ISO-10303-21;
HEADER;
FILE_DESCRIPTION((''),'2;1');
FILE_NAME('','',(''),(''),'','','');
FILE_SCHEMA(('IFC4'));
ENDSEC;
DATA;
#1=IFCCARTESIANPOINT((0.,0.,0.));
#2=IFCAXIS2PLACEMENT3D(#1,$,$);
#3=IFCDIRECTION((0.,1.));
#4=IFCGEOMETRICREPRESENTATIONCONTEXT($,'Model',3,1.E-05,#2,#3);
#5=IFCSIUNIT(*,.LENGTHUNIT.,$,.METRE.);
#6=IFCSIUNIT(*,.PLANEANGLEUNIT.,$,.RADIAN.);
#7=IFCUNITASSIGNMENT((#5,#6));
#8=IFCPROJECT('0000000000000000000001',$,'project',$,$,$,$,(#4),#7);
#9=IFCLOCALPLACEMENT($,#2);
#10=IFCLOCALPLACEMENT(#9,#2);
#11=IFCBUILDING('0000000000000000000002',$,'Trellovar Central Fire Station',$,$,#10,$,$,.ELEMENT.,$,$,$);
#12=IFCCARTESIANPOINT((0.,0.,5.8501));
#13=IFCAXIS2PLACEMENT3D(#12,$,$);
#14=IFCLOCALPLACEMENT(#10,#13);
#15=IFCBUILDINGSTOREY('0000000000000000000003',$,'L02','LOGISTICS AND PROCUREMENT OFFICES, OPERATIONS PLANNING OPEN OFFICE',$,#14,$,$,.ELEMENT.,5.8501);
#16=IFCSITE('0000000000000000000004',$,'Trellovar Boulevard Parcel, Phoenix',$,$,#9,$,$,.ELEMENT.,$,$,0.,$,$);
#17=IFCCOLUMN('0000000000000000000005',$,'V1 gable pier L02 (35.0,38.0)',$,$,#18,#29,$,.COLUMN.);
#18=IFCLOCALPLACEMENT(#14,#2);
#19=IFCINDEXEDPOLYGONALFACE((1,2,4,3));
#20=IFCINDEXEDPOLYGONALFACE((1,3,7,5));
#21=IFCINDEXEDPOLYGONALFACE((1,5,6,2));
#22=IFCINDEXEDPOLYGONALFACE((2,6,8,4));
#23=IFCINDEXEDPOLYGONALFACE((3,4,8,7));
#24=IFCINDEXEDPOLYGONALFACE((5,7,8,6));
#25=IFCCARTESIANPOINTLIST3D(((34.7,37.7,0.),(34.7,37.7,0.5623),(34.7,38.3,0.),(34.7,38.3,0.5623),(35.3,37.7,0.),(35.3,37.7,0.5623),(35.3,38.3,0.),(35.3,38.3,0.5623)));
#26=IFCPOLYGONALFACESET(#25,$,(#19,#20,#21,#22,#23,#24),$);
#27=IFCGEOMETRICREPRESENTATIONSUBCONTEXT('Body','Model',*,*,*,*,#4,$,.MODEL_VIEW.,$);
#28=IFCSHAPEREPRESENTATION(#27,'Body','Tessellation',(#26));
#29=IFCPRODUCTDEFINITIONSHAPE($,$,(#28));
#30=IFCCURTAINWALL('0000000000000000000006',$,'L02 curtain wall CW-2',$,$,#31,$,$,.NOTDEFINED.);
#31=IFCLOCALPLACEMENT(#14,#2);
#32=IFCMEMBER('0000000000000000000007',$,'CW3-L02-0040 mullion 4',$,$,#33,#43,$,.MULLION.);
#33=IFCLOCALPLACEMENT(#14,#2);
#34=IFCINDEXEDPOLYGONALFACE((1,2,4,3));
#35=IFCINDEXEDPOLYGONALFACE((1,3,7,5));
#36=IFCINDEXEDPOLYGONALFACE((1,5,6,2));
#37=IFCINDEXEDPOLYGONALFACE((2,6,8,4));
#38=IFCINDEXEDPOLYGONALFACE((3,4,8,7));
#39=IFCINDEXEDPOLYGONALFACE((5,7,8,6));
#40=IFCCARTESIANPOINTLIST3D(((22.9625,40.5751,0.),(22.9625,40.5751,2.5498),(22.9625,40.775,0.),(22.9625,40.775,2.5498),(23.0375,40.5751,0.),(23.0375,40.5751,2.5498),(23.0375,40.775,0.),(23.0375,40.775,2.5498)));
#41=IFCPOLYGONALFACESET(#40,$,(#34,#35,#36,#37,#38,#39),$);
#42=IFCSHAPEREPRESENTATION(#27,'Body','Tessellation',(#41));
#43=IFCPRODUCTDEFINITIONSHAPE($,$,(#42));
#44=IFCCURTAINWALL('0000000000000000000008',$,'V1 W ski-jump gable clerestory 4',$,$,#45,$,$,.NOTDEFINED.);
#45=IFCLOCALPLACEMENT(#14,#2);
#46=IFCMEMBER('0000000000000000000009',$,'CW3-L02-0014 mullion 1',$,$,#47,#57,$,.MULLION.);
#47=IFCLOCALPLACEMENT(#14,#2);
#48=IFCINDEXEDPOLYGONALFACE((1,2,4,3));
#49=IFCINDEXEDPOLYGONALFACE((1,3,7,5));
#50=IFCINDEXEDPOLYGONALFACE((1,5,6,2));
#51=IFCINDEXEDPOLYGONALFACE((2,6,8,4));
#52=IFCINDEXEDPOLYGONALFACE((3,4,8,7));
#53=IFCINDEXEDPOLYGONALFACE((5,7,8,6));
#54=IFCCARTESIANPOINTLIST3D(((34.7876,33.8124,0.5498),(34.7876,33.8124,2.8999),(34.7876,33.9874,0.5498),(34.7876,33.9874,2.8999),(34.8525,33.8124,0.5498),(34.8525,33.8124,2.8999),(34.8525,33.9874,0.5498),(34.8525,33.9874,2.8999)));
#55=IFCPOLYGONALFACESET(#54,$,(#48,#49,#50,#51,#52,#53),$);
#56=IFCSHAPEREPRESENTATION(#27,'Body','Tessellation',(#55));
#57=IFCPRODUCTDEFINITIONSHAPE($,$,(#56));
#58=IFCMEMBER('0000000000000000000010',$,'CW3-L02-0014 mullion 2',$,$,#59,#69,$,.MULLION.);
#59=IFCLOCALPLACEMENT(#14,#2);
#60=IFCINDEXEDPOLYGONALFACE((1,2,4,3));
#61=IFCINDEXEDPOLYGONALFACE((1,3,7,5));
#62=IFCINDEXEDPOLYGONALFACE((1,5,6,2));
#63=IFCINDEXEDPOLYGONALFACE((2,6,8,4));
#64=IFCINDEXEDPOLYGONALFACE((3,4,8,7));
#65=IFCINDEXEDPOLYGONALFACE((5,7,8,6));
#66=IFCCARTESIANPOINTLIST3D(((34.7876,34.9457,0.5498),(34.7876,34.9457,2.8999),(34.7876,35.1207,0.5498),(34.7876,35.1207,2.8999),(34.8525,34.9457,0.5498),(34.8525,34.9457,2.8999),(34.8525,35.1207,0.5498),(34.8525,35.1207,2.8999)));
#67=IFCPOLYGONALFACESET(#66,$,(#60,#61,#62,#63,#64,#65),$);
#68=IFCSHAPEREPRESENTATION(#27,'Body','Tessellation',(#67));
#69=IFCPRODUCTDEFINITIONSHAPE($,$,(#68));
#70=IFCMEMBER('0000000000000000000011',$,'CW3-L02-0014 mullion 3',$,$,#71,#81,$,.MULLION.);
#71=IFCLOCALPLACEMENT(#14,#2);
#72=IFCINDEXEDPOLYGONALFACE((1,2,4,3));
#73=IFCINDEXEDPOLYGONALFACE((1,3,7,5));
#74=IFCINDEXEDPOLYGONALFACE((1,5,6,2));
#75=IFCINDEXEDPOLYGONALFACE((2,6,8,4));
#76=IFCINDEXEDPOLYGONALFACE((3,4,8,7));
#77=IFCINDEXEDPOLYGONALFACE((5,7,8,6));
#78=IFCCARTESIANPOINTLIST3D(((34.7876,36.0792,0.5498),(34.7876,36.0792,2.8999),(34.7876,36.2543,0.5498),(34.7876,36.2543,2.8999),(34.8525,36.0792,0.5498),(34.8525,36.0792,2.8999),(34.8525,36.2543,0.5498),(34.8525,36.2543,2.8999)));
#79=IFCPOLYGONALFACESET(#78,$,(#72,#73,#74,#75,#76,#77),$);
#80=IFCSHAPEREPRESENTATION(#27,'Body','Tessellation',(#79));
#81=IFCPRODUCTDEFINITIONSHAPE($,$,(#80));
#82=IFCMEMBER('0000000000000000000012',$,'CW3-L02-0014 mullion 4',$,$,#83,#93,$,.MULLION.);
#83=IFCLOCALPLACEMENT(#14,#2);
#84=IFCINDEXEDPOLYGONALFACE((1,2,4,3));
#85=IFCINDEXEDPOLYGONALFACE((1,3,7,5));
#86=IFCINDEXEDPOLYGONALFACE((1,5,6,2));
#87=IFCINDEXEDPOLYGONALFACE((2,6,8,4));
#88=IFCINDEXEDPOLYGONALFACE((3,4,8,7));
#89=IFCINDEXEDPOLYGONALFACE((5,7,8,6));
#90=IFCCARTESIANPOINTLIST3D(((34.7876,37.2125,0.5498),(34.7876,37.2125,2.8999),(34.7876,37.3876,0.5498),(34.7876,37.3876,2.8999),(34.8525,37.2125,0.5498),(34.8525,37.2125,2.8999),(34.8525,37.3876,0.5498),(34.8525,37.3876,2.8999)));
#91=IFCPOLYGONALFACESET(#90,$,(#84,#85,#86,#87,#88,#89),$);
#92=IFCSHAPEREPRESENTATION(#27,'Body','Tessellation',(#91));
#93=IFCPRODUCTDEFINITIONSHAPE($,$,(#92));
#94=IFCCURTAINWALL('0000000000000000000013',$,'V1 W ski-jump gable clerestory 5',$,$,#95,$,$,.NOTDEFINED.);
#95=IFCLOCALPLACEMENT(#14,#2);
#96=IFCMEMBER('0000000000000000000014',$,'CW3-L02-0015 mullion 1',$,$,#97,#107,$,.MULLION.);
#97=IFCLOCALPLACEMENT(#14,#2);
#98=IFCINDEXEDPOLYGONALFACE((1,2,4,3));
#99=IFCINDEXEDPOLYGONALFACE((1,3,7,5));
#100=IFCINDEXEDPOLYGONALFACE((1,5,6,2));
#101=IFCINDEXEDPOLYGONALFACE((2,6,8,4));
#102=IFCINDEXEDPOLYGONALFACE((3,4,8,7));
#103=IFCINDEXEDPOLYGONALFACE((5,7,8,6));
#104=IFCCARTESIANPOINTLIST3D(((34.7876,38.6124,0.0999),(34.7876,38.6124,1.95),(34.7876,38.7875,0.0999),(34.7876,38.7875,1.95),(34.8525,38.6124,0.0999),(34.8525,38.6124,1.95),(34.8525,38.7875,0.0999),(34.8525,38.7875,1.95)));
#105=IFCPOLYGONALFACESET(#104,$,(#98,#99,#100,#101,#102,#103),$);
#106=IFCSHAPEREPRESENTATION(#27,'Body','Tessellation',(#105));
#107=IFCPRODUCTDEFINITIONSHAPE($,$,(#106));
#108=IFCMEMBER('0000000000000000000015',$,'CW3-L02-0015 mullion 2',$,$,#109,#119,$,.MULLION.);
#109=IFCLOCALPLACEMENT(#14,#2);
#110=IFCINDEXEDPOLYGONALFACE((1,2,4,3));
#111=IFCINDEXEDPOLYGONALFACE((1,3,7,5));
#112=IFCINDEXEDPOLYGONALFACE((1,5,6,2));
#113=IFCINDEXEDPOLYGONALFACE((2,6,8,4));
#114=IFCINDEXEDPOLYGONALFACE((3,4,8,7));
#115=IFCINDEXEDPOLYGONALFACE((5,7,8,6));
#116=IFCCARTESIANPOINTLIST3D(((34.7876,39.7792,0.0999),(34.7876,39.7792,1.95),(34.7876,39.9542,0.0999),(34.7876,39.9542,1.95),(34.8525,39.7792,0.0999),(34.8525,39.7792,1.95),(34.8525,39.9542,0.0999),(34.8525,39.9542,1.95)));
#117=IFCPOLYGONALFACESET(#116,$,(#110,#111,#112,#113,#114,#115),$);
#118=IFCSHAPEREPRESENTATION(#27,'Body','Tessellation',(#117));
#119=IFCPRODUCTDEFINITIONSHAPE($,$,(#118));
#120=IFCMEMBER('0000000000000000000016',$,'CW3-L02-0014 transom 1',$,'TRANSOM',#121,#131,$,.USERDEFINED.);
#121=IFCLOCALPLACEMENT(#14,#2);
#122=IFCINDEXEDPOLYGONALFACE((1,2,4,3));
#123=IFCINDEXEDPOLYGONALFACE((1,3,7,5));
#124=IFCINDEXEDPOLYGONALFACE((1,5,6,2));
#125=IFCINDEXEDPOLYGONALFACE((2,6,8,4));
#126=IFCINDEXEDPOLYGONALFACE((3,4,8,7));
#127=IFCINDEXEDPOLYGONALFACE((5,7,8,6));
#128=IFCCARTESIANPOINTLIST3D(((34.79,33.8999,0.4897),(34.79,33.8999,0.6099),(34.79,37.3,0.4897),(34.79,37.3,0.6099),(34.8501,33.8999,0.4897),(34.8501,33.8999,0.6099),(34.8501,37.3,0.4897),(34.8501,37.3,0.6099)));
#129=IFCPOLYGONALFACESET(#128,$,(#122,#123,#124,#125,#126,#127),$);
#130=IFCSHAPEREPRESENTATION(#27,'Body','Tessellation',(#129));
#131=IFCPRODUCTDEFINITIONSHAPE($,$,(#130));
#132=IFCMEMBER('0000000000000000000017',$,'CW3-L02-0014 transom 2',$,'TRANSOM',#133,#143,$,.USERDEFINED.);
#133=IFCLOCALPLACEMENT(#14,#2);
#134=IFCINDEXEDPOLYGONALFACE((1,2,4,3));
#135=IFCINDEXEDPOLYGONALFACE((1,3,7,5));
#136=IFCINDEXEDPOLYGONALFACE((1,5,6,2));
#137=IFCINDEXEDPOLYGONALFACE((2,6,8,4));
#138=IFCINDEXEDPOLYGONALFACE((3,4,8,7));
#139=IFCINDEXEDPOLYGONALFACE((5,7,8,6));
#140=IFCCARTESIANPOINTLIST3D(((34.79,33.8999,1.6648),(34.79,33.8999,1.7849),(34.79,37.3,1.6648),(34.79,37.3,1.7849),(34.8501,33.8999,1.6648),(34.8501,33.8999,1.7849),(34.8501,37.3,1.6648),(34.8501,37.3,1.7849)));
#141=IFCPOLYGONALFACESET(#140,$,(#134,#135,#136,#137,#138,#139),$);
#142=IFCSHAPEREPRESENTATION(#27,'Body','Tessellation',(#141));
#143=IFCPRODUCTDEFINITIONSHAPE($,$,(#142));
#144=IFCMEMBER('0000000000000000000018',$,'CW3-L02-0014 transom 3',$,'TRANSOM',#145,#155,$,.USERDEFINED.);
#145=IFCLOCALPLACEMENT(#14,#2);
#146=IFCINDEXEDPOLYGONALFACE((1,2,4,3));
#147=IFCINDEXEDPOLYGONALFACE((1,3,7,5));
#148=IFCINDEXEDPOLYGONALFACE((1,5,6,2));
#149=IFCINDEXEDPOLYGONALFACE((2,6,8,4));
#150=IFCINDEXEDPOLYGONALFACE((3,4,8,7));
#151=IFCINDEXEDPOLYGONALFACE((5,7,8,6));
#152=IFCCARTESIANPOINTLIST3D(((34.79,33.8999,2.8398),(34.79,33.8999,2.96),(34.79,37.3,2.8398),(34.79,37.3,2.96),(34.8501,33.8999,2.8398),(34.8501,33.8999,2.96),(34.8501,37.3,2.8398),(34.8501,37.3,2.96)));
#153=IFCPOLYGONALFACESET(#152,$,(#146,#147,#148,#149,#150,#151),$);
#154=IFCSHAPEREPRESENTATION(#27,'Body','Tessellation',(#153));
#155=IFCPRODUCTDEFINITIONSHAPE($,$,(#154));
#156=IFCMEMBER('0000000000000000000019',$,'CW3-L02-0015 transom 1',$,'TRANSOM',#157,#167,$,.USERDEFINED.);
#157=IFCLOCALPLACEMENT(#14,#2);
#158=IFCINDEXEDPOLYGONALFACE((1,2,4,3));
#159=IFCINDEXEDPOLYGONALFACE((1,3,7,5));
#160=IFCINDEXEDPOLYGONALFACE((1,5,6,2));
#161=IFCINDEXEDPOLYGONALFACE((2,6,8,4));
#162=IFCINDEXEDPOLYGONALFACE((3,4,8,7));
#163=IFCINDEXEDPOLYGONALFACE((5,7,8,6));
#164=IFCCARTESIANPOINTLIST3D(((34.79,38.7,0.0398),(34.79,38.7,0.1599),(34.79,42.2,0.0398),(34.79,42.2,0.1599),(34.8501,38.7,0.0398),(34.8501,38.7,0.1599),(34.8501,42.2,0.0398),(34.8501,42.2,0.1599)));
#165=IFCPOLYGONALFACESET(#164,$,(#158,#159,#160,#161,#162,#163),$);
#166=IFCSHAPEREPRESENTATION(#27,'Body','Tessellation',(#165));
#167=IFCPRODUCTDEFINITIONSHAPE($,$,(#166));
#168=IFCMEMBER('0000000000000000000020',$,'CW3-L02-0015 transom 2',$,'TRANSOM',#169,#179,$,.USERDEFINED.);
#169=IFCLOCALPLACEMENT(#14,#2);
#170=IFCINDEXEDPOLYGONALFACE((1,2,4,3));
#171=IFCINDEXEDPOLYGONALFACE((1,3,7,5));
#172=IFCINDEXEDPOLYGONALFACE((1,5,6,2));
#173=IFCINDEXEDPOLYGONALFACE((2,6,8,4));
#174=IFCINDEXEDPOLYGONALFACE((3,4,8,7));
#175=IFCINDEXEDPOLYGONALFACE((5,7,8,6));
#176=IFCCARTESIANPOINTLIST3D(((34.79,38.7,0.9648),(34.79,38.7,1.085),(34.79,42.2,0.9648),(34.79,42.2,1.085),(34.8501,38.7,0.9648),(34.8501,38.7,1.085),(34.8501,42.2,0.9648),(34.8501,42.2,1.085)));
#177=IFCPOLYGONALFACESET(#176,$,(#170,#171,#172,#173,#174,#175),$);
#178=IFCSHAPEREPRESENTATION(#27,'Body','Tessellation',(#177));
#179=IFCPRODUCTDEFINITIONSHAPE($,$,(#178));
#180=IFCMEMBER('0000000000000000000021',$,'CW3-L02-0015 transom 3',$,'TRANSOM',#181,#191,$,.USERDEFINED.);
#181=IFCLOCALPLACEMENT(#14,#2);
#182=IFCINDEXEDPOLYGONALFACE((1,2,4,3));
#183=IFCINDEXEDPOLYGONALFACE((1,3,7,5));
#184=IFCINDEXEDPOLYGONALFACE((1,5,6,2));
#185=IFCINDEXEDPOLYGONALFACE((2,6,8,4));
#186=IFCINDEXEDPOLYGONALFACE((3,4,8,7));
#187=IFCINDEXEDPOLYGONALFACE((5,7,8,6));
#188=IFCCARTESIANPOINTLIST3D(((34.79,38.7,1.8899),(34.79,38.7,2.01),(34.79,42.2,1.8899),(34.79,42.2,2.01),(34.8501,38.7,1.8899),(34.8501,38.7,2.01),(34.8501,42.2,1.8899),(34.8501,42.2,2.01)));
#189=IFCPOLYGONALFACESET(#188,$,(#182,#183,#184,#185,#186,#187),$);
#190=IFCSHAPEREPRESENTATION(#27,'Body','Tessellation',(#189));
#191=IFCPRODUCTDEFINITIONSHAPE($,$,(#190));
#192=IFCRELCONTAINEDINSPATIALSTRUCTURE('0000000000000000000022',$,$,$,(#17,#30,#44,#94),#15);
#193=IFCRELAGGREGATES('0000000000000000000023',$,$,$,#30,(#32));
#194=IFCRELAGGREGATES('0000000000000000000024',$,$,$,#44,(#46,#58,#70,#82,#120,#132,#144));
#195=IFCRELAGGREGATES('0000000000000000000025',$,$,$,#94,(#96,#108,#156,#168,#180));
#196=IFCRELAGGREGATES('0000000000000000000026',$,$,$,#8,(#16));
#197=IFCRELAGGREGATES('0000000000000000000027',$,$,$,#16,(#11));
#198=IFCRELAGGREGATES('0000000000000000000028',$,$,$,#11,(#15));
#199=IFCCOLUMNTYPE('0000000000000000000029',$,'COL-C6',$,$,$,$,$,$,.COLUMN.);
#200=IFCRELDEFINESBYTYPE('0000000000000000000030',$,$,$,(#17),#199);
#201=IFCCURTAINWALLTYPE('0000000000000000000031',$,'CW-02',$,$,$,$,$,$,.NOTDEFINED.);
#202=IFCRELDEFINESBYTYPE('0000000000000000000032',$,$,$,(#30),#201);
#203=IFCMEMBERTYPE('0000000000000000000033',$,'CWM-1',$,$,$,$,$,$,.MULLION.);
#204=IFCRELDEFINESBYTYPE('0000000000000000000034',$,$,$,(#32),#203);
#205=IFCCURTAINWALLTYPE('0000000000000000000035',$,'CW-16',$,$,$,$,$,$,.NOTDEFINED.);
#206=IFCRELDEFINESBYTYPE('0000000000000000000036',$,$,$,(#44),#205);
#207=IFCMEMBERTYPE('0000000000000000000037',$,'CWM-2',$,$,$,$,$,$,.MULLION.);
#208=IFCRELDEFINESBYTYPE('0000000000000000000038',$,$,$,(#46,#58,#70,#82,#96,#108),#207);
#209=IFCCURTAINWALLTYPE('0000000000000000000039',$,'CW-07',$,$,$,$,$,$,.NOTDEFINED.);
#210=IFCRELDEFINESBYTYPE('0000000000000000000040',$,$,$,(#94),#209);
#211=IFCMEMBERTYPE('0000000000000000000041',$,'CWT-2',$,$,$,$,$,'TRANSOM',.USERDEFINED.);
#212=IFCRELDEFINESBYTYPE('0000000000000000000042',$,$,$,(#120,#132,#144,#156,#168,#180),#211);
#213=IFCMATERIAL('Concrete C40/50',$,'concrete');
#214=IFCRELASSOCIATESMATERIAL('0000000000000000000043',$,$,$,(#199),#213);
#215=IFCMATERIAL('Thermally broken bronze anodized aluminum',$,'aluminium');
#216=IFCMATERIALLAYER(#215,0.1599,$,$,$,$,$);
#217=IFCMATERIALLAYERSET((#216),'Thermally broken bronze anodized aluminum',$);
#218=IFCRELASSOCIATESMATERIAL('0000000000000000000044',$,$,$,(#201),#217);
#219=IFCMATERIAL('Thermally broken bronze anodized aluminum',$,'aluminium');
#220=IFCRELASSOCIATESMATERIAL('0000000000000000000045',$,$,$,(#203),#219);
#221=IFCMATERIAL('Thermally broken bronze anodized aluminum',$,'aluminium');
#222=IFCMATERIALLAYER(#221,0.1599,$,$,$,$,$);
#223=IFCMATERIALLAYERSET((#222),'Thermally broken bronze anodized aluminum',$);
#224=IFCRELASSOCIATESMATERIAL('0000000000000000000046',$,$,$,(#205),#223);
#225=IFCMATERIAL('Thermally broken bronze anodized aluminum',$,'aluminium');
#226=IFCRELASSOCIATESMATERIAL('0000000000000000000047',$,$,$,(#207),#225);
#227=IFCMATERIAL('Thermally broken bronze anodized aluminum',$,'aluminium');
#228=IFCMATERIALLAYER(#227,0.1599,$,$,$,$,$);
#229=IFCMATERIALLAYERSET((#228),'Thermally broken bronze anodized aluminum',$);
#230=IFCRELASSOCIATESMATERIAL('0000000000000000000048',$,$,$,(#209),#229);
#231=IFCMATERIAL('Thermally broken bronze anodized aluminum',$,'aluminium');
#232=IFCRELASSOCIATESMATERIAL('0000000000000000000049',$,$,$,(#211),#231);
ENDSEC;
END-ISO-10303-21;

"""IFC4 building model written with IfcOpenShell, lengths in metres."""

from ifc_helpers import new_model, si_unit, direction, frame, origin, origin_2d, place, context, subcontext, project, spatial, rectangle, extrude, material, layer, layer_set, material_profile, profile_set, type_object, element, aggregate, save


model = new_model("IFC4")

# Units and contexts
model_context = context("Model", 3, precision=1e-05, world=origin(), true_north=direction((0.0, 1.0)))
body_context = subcontext(model_context, "Body", "Model", "MODEL_VIEW")
ifc_project = project(units=[si_unit("LENGTHUNIT", "METRE"), si_unit("PLANEANGLEUNIT", "RADIAN")], contexts=[model_context])

# Site, building, storey
site_placement = place(None, origin())
site = spatial("IfcSite", under=ifc_project, at=site_placement, Name="Trellovar Boulevard Parcel, Phoenix", CompositionType="ELEMENT", RefElevation=0.0)
building_placement = place(site_placement, origin())
building = spatial("IfcBuilding", under=site, at=building_placement, Name="Trellovar Central Fire Station", CompositionType="ELEMENT")
storey_placement = place(building_placement, frame((0.0, 0.0, 5.8501)))
storey = spatial("IfcBuildingStorey", under=building, at=storey_placement, Name="L02", Description="LOGISTICS AND PROCUREMENT OFFICES, OPERATIONS PLANNING OPEN OFFICE", CompositionType="ELEMENT", Elevation=5.8501)

# Column
ifc_material_1 = material(Name="Concrete C40/50", Category="concrete")
ifc_material_profile_1 = material_profile(ifc_material_1, rectangle(XDim=0.6001, YDim=0.6001, at=origin_2d()), Name="RC600X600")
ifc_profile_set_1 = profile_set([ifc_material_profile_1], Name="Concrete C40/50")
column_type = type_object("IfcColumnType", Name="COL-C6", PredefinedType="COLUMN", material=ifc_profile_set_1)
column_placement = place(storey_placement, frame((35.0, 38.0, 0.0), z_axis=(0.0, 0.0, 1.0), x_axis=(1.0, 0.0, 0.0)))
element("IfcColumn", 1, at=column_placement, inside=storey, type_object=column_type, Name="V1 gable pier L02 (35.0,38.0)", PredefinedType="COLUMN", context=body_context, shape_type="SweptSolid", body=[
    extrude(rectangle(XDim=0.6001, YDim=0.6001, at=origin_2d()), origin(), (0.0, 0.0, 1.0), 0.5623),
])

# Curtain wall, member
ifc_material_2 = material(Name="Thermally broken bronze anodized aluminum", Category="aluminium")
ifc_layer_1 = layer(ifc_material_2, 0.1599)
ifc_layer_set_1 = layer_set([ifc_layer_1], Name="Thermally broken bronze anodized aluminum")
curtain_wall_type_1 = type_object("IfcCurtainWallType", Name="CW-02", PredefinedType="NOTDEFINED", material=ifc_layer_set_1)
curtain_wall_1_placement = place(storey_placement, origin())
curtain_wall_1 = element("IfcCurtainWall", 2, at=curtain_wall_1_placement, inside=storey, type_object=curtain_wall_type_1, Name="L02 curtain wall CW-2", PredefinedType="NOTDEFINED")
ifc_material_3 = material(Name="Thermally broken bronze anodized aluminum", Category="aluminium")
ifc_material_profile_2 = material_profile(ifc_material_3, rectangle(XDim=0.075, YDim=0.2, at=origin_2d()), Name="ALU75X200")
ifc_profile_set_2 = profile_set([ifc_material_profile_2], Name="Thermally broken bronze anodized aluminum")
member_type_1 = type_object("IfcMemberType", Name="CWM-1", PredefinedType="MULLION", material=ifc_profile_set_2)
member_1_placement = place(storey_placement, frame((23.0, 40.675, 0.0), z_axis=(0.0, 0.0, 1.0), x_axis=(1.0, 0.0, 0.0)))
member_1 = element("IfcMember", 3, at=member_1_placement, type_object=member_type_1, Name="CW3-L02-0040 mullion 4", PredefinedType="MULLION", context=body_context, shape_type="SweptSolid", body=[
    extrude(rectangle(XDim=0.075, YDim=0.2, at=origin_2d()), origin(), (0.0, 0.0, 1.0), 2.5498),
])
aggregate(curtain_wall_1, [member_1])

# Curtain walls, members
ifc_material_4 = material(Name="Thermally broken bronze anodized aluminum", Category="aluminium")
ifc_layer_2 = layer(ifc_material_4, 0.1599)
ifc_layer_set_2 = layer_set([ifc_layer_2], Name="Thermally broken bronze anodized aluminum")
curtain_wall_type_2 = type_object("IfcCurtainWallType", Name="CW-16", PredefinedType="NOTDEFINED", material=ifc_layer_set_2)
curtain_wall_2_placement = place(storey_placement, origin())
curtain_wall_2 = element("IfcCurtainWall", 4, at=curtain_wall_2_placement, inside=storey, type_object=curtain_wall_type_2, Name="V1 W ski-jump gable clerestory 4", PredefinedType="NOTDEFINED")
ifc_material_5 = material(Name="Thermally broken bronze anodized aluminum", Category="aluminium")
ifc_material_profile_3 = material_profile(ifc_material_5, rectangle(XDim=0.0649, YDim=0.175, at=origin_2d()), Name="ALU65X175")
ifc_profile_set_3 = profile_set([ifc_material_profile_3], Name="Thermally broken bronze anodized aluminum")
member_type_2 = type_object("IfcMemberType", Name="CWM-2", PredefinedType="MULLION", material=ifc_profile_set_3)
member_2_placement = place(storey_placement, frame((34.8201, 33.8999, 0.5498), z_axis=(0.0, 0.0, 1.0), x_axis=(1.0, 0.0, 0.0)))
member_2 = element("IfcMember", 5, at=member_2_placement, type_object=member_type_2, Name="CW3-L02-0014 mullion 1", PredefinedType="MULLION", context=body_context, shape_type="SweptSolid", body=[
    extrude(rectangle(XDim=0.0649, YDim=0.175, at=origin_2d()), origin(), (0.0, 0.0, 1.0), 2.3501),
])
member_3_placement = place(storey_placement, frame((34.8201, 35.0332, 0.5498), z_axis=(0.0, 0.0, 1.0), x_axis=(1.0, 0.0, 0.0)))
member_3 = element("IfcMember", 6, at=member_3_placement, type_object=member_type_2, Name="CW3-L02-0014 mullion 2", PredefinedType="MULLION", context=body_context, shape_type="SweptSolid", body=[
    extrude(rectangle(XDim=0.0649, YDim=0.175, at=origin_2d()), origin(), (0.0, 0.0, 1.0), 2.3501),
])
member_4_placement = place(storey_placement, frame((34.8201, 36.1667, 0.5498), z_axis=(0.0, 0.0, 1.0), x_axis=(1.0, 0.0, 0.0)))
member_4 = element("IfcMember", 7, at=member_4_placement, type_object=member_type_2, Name="CW3-L02-0014 mullion 3", PredefinedType="MULLION", context=body_context, shape_type="SweptSolid", body=[
    extrude(rectangle(XDim=0.0649, YDim=0.175, at=origin_2d()), origin(), (0.0, 0.0, 1.0), 2.3501),
])
member_5_placement = place(storey_placement, frame((34.8201, 37.3, 0.5498), z_axis=(0.0, 0.0, 1.0), x_axis=(1.0, 0.0, 0.0)))
member_5 = element("IfcMember", 8, at=member_5_placement, type_object=member_type_2, Name="CW3-L02-0014 mullion 4", PredefinedType="MULLION", context=body_context, shape_type="SweptSolid", body=[
    extrude(rectangle(XDim=0.0649, YDim=0.175, at=origin_2d()), origin(), (0.0, 0.0, 1.0), 2.3501),
])
ifc_material_6 = material(Name="Thermally broken bronze anodized aluminum", Category="aluminium")
ifc_layer_3 = layer(ifc_material_6, 0.1599)
ifc_layer_set_3 = layer_set([ifc_layer_3], Name="Thermally broken bronze anodized aluminum")
curtain_wall_type_3 = type_object("IfcCurtainWallType", Name="CW-07", PredefinedType="NOTDEFINED", material=ifc_layer_set_3)
curtain_wall_3_placement = place(storey_placement, origin())
curtain_wall_3 = element("IfcCurtainWall", 9, at=curtain_wall_3_placement, inside=storey, type_object=curtain_wall_type_3, Name="V1 W ski-jump gable clerestory 5", PredefinedType="NOTDEFINED")
member_6_placement = place(storey_placement, frame((34.8201, 38.7, 0.0999), z_axis=(0.0, 0.0, 1.0), x_axis=(1.0, 0.0, 0.0)))
member_6 = element("IfcMember", 10, at=member_6_placement, type_object=member_type_2, Name="CW3-L02-0015 mullion 1", PredefinedType="MULLION", context=body_context, shape_type="SweptSolid", body=[
    extrude(rectangle(XDim=0.0649, YDim=0.175, at=origin_2d()), origin(), (0.0, 0.0, 1.0), 1.8501),
])
member_7_placement = place(storey_placement, frame((34.8201, 39.8667, 0.0999), z_axis=(0.0, 0.0, 1.0), x_axis=(1.0, 0.0, 0.0)))
member_7 = element("IfcMember", 11, at=member_7_placement, type_object=member_type_2, Name="CW3-L02-0015 mullion 2", PredefinedType="MULLION", context=body_context, shape_type="SweptSolid", body=[
    extrude(rectangle(XDim=0.0649, YDim=0.175, at=origin_2d()), origin(), (0.0, 0.0, 1.0), 1.8501),
])

# Members
ifc_material_7 = material(Name="Thermally broken bronze anodized aluminum", Category="aluminium")
ifc_material_profile_4 = material_profile(ifc_material_7, rectangle(XDim=0.0601, YDim=0.1201, at=origin_2d()), Name="ALU60X120")
ifc_profile_set_4 = profile_set([ifc_material_profile_4], Name="Thermally broken bronze anodized aluminum")
member_type_3 = type_object("IfcMemberType", Name="CWT-2", ElementType="TRANSOM", PredefinedType="USERDEFINED", material=ifc_profile_set_4)
member_8_placement = place(storey_placement, frame((34.8201, 33.8999, 0.5498), z_axis=(0.0, 1.0, 0.0), x_axis=(-1.0, 0.0, 0.0)))
member_8 = element("IfcMember", 12, at=member_8_placement, type_object=member_type_3, Name="CW3-L02-0014 transom 1", ObjectType="TRANSOM", PredefinedType="USERDEFINED", context=body_context, shape_type="SweptSolid", body=[
    extrude(rectangle(XDim=0.0601, YDim=0.1201, at=origin_2d()), origin(), (0.0, 0.0, 1.0), 3.4001),
])
member_9_placement = place(storey_placement, frame((34.8201, 33.8999, 1.7249), z_axis=(0.0, 1.0, 0.0), x_axis=(-1.0, 0.0, 0.0)))
member_9 = element("IfcMember", 13, at=member_9_placement, type_object=member_type_3, Name="CW3-L02-0014 transom 2", ObjectType="TRANSOM", PredefinedType="USERDEFINED", context=body_context, shape_type="SweptSolid", body=[
    extrude(rectangle(XDim=0.0601, YDim=0.1201, at=origin_2d()), origin(), (0.0, 0.0, 1.0), 3.4001),
])
member_10_placement = place(storey_placement, frame((34.8201, 33.8999, 2.8999), z_axis=(0.0, 1.0, 0.0), x_axis=(-1.0, 0.0, 0.0)))
member_10 = element("IfcMember", 14, at=member_10_placement, type_object=member_type_3, Name="CW3-L02-0014 transom 3", ObjectType="TRANSOM", PredefinedType="USERDEFINED", context=body_context, shape_type="SweptSolid", body=[
    extrude(rectangle(XDim=0.0601, YDim=0.1201, at=origin_2d()), origin(), (0.0, 0.0, 1.0), 3.4001),
])
member_11_placement = place(storey_placement, frame((34.8201, 38.7, 0.0999), z_axis=(0.0, 1.0, 0.0), x_axis=(-1.0, 0.0, 0.0)))
member_11 = element("IfcMember", 15, at=member_11_placement, type_object=member_type_3, Name="CW3-L02-0015 transom 1", ObjectType="TRANSOM", PredefinedType="USERDEFINED", context=body_context, shape_type="SweptSolid", body=[
    extrude(rectangle(XDim=0.0601, YDim=0.1201, at=origin_2d()), origin(), (0.0, 0.0, 1.0), 3.5),
])
member_12_placement = place(storey_placement, frame((34.8201, 38.7, 1.0249), z_axis=(0.0, 1.0, 0.0), x_axis=(-1.0, 0.0, 0.0)))
member_12 = element("IfcMember", 16, at=member_12_placement, type_object=member_type_3, Name="CW3-L02-0015 transom 2", ObjectType="TRANSOM", PredefinedType="USERDEFINED", context=body_context, shape_type="SweptSolid", body=[
    extrude(rectangle(XDim=0.0601, YDim=0.1201, at=origin_2d()), origin(), (0.0, 0.0, 1.0), 3.5),
])
member_13_placement = place(storey_placement, frame((34.8201, 38.7, 1.95), z_axis=(0.0, 1.0, 0.0), x_axis=(-1.0, 0.0, 0.0)))
member_13 = element("IfcMember", 17, at=member_13_placement, type_object=member_type_3, Name="CW3-L02-0015 transom 3", ObjectType="TRANSOM", PredefinedType="USERDEFINED", context=body_context, shape_type="SweptSolid", body=[
    extrude(rectangle(XDim=0.0601, YDim=0.1201, at=origin_2d()), origin(), (0.0, 0.0, 1.0), 3.5),
])

aggregate(curtain_wall_2, [member_2, member_3, member_4, member_5, member_8, member_9, member_10])
aggregate(curtain_wall_3, [member_6, member_7, member_11, member_12, member_13])

save(model, "model.ifc")
